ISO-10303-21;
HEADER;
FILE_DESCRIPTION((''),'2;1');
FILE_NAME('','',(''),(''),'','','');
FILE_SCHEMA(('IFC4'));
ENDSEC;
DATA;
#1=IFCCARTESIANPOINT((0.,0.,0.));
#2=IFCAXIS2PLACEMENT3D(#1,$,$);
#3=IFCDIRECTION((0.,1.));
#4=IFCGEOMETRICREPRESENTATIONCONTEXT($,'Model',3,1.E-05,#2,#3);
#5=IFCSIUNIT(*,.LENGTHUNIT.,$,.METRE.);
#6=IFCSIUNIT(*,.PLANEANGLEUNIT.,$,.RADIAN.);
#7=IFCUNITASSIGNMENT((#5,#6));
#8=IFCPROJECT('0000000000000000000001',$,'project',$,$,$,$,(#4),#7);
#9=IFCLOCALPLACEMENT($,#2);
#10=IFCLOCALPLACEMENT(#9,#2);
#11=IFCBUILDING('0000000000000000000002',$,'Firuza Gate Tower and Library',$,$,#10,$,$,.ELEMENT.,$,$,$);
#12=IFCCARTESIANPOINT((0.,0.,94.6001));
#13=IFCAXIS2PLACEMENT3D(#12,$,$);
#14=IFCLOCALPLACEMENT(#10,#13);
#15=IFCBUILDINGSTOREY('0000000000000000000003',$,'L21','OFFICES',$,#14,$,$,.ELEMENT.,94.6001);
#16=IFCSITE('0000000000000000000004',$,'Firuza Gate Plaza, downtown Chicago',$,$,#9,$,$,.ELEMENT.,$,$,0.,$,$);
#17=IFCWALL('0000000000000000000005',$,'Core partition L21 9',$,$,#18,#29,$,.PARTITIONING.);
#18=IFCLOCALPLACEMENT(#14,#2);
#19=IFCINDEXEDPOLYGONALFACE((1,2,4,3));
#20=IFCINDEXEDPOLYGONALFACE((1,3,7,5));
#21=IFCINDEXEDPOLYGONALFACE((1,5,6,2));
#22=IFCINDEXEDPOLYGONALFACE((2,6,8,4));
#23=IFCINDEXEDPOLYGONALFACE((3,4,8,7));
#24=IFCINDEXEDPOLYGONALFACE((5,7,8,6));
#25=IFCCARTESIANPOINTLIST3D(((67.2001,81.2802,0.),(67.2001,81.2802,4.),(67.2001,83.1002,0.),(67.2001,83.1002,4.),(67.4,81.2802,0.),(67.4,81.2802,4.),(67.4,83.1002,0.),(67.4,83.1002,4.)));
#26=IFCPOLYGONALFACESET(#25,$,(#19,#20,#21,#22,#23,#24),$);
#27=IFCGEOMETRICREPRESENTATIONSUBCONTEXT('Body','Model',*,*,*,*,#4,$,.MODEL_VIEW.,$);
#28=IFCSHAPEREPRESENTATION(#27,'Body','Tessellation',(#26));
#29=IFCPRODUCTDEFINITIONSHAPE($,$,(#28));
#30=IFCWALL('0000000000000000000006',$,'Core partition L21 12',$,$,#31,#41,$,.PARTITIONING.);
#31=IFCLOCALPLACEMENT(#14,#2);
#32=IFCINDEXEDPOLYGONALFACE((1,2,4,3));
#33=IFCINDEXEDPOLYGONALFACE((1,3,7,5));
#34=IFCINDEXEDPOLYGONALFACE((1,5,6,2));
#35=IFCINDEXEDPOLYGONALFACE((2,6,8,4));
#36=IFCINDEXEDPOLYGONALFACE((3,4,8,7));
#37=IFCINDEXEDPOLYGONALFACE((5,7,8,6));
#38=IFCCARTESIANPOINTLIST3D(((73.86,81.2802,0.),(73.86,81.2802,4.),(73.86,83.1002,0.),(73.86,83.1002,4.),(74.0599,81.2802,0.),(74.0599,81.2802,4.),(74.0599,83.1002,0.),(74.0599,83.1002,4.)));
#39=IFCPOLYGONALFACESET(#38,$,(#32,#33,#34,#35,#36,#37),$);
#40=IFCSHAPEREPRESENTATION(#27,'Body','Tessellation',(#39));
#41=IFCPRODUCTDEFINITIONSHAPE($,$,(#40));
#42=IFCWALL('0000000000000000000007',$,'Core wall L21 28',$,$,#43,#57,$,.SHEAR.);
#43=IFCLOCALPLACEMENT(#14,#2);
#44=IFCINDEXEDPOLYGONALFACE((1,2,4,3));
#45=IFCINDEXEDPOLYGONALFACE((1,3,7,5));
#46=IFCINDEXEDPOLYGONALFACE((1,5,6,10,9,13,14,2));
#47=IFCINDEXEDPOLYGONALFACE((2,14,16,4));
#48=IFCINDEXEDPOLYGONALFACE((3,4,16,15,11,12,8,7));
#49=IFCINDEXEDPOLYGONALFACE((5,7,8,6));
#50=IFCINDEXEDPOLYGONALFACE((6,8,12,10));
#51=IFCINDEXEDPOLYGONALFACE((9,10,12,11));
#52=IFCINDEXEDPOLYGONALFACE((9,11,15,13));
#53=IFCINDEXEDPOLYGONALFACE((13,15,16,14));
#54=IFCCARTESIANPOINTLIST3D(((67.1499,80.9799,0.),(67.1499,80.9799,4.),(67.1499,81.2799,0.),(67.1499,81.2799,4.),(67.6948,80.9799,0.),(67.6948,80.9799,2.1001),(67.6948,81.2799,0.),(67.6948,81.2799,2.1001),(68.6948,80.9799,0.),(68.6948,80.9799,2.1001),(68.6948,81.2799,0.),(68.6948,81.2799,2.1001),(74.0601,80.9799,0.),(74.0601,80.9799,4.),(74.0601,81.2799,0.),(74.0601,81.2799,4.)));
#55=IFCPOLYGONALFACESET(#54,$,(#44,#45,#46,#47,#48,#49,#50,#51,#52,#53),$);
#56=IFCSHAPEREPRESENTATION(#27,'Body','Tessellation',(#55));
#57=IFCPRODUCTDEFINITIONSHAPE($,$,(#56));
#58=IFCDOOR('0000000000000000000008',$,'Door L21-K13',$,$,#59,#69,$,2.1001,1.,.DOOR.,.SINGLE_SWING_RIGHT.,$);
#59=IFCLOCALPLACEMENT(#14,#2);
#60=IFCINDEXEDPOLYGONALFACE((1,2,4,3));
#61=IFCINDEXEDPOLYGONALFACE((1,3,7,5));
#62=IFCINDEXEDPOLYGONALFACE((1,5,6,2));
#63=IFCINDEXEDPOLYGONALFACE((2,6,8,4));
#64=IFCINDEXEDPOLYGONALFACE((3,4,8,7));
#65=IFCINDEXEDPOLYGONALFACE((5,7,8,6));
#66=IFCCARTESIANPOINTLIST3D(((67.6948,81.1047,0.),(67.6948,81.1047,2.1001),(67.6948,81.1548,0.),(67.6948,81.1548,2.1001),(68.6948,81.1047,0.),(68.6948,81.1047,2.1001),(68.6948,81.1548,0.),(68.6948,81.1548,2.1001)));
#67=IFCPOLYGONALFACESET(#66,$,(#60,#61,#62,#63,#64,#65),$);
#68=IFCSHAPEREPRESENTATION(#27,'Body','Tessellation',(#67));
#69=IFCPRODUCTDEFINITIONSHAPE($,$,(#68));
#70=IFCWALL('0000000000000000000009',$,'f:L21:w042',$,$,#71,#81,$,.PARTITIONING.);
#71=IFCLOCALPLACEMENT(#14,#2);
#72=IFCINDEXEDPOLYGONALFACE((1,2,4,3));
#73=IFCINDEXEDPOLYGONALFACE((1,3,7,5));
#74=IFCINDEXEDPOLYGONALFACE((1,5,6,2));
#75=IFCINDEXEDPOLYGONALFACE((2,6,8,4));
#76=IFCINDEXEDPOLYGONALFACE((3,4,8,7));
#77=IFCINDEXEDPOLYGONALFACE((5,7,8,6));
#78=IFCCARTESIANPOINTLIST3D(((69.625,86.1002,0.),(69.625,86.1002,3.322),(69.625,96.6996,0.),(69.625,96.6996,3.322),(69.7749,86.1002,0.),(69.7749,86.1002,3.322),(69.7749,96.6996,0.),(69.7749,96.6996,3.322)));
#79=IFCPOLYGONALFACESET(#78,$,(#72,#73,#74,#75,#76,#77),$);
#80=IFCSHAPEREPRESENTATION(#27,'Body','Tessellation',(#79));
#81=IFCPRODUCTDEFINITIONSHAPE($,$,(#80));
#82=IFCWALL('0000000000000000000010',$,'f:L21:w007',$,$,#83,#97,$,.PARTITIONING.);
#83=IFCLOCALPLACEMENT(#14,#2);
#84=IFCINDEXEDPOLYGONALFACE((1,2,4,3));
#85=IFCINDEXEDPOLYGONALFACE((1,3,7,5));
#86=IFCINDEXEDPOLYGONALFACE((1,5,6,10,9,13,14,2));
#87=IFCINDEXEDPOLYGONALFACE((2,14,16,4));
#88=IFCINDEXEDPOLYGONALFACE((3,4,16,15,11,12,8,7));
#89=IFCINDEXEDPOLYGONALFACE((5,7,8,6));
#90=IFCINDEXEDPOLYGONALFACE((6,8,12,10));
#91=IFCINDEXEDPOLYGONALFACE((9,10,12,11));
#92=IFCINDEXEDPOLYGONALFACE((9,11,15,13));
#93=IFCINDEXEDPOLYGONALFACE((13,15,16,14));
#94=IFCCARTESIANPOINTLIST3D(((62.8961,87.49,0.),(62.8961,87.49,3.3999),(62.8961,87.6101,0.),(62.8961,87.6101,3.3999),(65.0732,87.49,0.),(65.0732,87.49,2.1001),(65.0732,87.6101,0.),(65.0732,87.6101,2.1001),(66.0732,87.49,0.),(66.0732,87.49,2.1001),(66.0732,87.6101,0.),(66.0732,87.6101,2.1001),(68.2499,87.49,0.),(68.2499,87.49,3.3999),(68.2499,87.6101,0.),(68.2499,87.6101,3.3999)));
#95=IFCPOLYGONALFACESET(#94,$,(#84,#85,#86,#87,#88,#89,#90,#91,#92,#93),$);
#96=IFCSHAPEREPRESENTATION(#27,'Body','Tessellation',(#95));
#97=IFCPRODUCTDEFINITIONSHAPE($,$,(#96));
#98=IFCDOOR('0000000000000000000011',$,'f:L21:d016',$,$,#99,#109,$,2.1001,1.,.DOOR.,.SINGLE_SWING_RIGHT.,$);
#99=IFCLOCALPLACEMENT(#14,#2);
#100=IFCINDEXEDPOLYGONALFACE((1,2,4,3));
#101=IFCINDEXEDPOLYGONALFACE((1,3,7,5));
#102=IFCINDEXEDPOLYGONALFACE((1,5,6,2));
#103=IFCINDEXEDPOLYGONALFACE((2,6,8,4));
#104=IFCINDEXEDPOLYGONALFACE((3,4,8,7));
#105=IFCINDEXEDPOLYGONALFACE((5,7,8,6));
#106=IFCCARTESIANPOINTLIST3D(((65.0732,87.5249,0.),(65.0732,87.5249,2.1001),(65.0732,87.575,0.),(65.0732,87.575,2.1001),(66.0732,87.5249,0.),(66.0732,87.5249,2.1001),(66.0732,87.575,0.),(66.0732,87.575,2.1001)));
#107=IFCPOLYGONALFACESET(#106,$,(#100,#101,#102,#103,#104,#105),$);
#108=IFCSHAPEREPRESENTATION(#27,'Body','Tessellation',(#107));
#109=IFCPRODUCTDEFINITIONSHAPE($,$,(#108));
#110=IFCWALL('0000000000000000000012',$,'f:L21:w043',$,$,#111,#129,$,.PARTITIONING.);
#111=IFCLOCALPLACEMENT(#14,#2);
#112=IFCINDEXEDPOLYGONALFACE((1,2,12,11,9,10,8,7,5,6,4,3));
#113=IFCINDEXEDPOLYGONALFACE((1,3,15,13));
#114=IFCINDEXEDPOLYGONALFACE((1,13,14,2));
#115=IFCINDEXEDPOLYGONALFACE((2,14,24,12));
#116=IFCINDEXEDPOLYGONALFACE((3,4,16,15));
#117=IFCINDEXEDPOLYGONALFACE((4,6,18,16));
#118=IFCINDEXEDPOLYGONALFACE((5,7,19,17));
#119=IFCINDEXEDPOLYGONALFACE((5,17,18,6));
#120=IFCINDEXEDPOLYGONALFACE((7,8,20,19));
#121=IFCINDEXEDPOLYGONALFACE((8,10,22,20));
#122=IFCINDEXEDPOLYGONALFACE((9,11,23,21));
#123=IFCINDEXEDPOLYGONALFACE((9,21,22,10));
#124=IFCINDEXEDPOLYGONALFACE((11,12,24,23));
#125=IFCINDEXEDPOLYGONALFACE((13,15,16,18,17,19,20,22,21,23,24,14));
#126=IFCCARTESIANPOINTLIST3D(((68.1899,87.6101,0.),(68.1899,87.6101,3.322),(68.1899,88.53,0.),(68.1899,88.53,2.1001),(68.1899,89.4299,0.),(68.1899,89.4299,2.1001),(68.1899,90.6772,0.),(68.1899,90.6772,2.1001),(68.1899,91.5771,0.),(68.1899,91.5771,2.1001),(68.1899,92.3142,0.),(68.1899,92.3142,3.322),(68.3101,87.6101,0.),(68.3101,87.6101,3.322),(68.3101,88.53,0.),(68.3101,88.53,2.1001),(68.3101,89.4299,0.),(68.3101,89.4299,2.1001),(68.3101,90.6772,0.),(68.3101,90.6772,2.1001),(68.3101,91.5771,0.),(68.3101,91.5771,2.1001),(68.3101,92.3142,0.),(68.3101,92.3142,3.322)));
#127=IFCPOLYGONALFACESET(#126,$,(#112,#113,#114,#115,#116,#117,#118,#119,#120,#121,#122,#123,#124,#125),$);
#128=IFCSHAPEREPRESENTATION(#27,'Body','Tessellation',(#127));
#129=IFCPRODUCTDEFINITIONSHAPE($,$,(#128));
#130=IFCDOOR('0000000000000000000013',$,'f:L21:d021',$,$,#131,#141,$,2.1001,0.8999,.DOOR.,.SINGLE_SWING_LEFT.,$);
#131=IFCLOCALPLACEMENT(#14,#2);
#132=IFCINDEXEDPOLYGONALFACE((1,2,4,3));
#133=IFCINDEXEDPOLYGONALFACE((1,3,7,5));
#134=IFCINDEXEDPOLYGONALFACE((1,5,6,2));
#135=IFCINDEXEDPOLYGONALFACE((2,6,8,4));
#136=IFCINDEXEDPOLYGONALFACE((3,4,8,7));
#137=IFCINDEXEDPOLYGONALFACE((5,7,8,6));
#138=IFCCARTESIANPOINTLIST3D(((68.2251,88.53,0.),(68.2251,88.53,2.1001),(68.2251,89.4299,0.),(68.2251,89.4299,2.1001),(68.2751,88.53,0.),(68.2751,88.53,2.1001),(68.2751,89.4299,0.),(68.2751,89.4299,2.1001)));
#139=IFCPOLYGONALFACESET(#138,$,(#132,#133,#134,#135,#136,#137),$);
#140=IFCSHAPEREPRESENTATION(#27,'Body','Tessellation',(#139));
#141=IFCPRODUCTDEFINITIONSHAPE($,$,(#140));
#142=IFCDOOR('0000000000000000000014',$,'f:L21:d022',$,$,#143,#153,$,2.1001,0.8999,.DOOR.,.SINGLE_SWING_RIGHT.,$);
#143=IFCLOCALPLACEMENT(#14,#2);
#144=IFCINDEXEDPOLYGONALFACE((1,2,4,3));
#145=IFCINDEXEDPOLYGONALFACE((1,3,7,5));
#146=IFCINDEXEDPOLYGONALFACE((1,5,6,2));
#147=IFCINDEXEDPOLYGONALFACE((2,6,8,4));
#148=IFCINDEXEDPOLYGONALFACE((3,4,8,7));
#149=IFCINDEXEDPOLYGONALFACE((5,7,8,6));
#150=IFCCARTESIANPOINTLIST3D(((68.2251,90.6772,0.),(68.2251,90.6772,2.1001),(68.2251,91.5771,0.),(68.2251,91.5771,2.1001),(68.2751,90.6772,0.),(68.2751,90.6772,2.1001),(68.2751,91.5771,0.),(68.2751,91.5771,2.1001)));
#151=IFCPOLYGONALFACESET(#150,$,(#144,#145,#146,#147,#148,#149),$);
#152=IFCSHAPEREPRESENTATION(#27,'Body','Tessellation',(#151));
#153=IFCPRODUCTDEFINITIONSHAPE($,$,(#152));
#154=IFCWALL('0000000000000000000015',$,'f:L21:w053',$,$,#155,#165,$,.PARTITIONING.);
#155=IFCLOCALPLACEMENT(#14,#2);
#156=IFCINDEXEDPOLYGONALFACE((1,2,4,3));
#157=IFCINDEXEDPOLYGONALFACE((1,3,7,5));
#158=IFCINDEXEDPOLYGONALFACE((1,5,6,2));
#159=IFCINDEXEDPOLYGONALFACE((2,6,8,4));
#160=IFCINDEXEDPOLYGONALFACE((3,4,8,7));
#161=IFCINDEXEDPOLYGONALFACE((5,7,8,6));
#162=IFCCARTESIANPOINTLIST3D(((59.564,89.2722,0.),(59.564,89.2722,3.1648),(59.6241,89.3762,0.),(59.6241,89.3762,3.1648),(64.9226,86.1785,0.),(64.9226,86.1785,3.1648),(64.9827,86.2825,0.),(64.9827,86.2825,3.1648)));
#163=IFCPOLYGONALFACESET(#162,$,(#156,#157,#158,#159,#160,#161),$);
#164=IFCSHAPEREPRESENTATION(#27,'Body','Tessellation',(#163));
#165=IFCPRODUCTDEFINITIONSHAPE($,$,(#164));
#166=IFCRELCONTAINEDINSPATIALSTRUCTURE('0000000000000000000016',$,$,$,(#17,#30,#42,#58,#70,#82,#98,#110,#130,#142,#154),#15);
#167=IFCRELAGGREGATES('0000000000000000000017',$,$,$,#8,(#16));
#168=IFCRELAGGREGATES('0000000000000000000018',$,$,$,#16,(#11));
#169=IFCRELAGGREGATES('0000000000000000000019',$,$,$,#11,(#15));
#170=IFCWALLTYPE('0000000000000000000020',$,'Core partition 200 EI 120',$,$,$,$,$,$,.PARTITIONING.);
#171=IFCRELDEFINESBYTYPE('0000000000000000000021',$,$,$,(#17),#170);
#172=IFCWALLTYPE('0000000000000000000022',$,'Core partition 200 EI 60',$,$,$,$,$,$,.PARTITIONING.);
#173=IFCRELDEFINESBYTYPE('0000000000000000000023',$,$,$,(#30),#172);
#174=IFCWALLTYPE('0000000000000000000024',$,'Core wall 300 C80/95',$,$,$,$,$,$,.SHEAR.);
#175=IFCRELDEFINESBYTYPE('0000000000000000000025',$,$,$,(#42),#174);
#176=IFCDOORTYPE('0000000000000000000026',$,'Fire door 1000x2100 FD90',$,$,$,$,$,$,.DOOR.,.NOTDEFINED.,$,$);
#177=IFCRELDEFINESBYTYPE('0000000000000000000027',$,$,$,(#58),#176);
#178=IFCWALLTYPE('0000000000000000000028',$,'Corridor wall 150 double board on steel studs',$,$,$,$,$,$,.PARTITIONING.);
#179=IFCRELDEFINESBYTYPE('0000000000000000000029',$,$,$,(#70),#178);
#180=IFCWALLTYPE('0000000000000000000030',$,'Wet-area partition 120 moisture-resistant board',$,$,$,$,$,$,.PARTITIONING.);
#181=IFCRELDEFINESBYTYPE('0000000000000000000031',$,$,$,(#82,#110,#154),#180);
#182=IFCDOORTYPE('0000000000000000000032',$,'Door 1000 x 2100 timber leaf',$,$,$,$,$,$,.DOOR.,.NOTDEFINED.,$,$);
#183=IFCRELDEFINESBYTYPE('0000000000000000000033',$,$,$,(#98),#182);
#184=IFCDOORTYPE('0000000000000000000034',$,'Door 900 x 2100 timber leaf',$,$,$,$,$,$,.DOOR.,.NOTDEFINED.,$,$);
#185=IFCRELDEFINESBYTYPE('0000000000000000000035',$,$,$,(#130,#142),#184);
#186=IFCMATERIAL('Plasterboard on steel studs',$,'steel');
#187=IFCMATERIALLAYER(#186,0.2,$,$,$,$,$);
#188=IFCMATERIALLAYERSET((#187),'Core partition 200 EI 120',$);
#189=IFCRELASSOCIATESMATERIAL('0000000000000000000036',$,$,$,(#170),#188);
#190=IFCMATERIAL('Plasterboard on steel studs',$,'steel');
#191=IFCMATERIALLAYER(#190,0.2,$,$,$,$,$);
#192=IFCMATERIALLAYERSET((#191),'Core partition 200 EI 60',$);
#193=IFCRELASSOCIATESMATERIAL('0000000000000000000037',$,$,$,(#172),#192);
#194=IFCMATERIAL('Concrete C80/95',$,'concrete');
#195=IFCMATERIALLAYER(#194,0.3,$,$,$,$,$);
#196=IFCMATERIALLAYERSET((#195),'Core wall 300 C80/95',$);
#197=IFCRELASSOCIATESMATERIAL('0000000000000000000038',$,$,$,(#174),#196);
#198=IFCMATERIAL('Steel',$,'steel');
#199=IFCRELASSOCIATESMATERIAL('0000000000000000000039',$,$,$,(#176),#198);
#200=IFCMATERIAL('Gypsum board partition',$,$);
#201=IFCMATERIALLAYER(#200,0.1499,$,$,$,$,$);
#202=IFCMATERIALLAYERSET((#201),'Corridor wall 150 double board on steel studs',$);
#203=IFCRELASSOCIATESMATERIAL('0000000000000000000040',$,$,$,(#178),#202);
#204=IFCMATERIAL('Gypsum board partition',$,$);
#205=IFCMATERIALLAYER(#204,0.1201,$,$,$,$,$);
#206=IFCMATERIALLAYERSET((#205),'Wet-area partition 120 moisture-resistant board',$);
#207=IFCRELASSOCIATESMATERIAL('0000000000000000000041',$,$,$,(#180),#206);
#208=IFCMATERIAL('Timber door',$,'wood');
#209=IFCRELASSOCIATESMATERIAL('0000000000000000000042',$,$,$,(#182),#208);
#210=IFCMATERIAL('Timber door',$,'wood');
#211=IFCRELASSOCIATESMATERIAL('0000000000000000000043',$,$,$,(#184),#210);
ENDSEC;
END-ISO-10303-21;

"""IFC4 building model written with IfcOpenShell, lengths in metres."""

from ifc_helpers import new_model, si_unit, direction, frame, frame_2d, origin, place, context, subcontext, project, spatial, rectangle, extrude, material, layer, layer_set, type_object, element, fill, save


model = new_model("IFC4")

# Units and contexts
model_context = context("Model", 3, precision=1e-05, world=origin(), true_north=direction((0.0, 1.0)))
body_context = subcontext(model_context, "Body", "Model", "MODEL_VIEW")
ifc_project = project(units=[si_unit("LENGTHUNIT", "METRE"), si_unit("PLANEANGLEUNIT", "RADIAN")], contexts=[model_context])

# Site, building, storey
site_placement = place(None, origin())
site = spatial("IfcSite", under=ifc_project, at=site_placement, Name="Firuza Gate Plaza, downtown Chicago", CompositionType="ELEMENT", RefElevation=0.0)
building_placement = place(site_placement, origin())
building = spatial("IfcBuilding", under=site, at=building_placement, Name="Firuza Gate Tower and Library", CompositionType="ELEMENT")
storey_placement = place(building_placement, frame((0.0, 0.0, 94.6001)))
storey = spatial("IfcBuildingStorey", under=building, at=storey_placement, Name="L21", Description="OFFICES", CompositionType="ELEMENT", Elevation=94.6001)

# Walls
ifc_material_1 = material(Name="Plasterboard on steel studs", Category="steel")
ifc_layer_1 = layer(ifc_material_1, 0.2)
ifc_layer_set_1 = layer_set([ifc_layer_1], Name="Core partition 200 EI 120")
wall_type_1 = type_object("IfcWallType", Name="Core partition 200 EI 120", PredefinedType="PARTITIONING", material=ifc_layer_set_1)
wall_1_placement = place(storey_placement, frame((67.3, 81.28, 0.0), z_axis=(0.0, 0.0, 1.0), x_axis=(0.0, 1.0, 0.0)))
element("IfcWall", 1, at=wall_1_placement, inside=storey, type_object=wall_type_1, Name="Core partition L21 9", PredefinedType="PARTITIONING", context=body_context, shape_type="SweptSolid", body=[
    extrude(rectangle(XDim=1.8201, YDim=0.2, at=frame_2d((0.9102, 0.0))), origin(), (0.0, 0.0, 1.0), 4.0),
])
ifc_material_2 = material(Name="Plasterboard on steel studs", Category="steel")
ifc_layer_2 = layer(ifc_material_2, 0.2)
ifc_layer_set_2 = layer_set([ifc_layer_2], Name="Core partition 200 EI 60")
wall_type_2 = type_object("IfcWallType", Name="Core partition 200 EI 60", PredefinedType="PARTITIONING", material=ifc_layer_set_2)
wall_2_placement = place(storey_placement, frame((73.96, 81.28, 0.0), z_axis=(0.0, 0.0, 1.0), x_axis=(0.0, 1.0, 0.0)))
element("IfcWall", 2, at=wall_2_placement, inside=storey, type_object=wall_type_2, Name="Core partition L21 12", PredefinedType="PARTITIONING", context=body_context, shape_type="SweptSolid", body=[
    extrude(rectangle(XDim=1.8201, YDim=0.2, at=frame_2d((0.9102, 0.0))), origin(), (0.0, 0.0, 1.0), 4.0),
])

# Wall, opening, door
ifc_material_3 = material(Name="Concrete C80/95", Category="concrete")
ifc_layer_3 = layer(ifc_material_3, 0.3)
ifc_layer_set_3 = layer_set([ifc_layer_3], Name="Core wall 300 C80/95")
wall_type_3 = type_object("IfcWallType", Name="Core wall 300 C80/95", PredefinedType="SHEAR", material=ifc_layer_set_3)
wall_3_placement = place(storey_placement, frame((67.1499, 81.1299, 0.0), z_axis=(0.0, 0.0, 1.0), x_axis=(1.0, 0.0, 0.0)))
wall_3 = element("IfcWall", 3, at=wall_3_placement, inside=storey, type_object=wall_type_3, Name="Core wall L21 28", PredefinedType="SHEAR", context=body_context, shape_type="SweptSolid", body=[
    extrude(rectangle(XDim=6.9102, YDim=0.3, at=frame_2d((3.4551, 0.0))), origin(), (0.0, 0.0, 1.0), 4.0),
])
opening_1_placement = place(wall_3_placement, frame((0.5449, 0.0, 0.0)))
opening_1 = element("IfcOpeningElement", 4, at=opening_1_placement, cuts=wall_3, PredefinedType="OPENING", context=body_context, shape_type="SweptSolid", body=[
    extrude(rectangle(XDim=1.0, YDim=2.1001, at=frame_2d((0.5, 1.05))), frame((0.0, 0.1602, 0.0), z_axis=(0.0, -1.0, 0.0), x_axis=(1.0, 0.0, 0.0)), (0.0, 0.0, 1.0), 0.3201),
])
ifc_material_4 = material(Name="Steel", Category="steel")
door_type_1 = type_object("IfcDoorType", Name="Fire door 1000x2100 FD90", OperationType="NOTDEFINED", PredefinedType="DOOR", material=ifc_material_4)
door_1_placement = place(opening_1_placement, origin())
door_1 = element("IfcDoor", 5, at=door_1_placement, inside=storey, type_object=door_type_1, Name="Door L21-K13", OperationType="SINGLE_SWING_RIGHT", OverallHeight=2.1001, OverallWidth=1.0, PredefinedType="DOOR", context=body_context, shape_type="SweptSolid", body=[
    extrude(rectangle(XDim=1.0, YDim=2.1001, at=frame_2d((0.5, 1.05))), frame((0.0, 0.0249, 0.0), z_axis=(0.0, -1.0, 0.0), x_axis=(1.0, 0.0, 0.0)), (0.0, 0.0, 1.0), 0.05),
])
fill(opening_1, door_1)

# Wall
ifc_material_5 = material(Name="Gypsum board partition")
ifc_layer_4 = layer(ifc_material_5, 0.1499)
ifc_layer_set_4 = layer_set([ifc_layer_4], Name="Corridor wall 150 double board on steel studs")
wall_type_4 = type_object("IfcWallType", Name="Corridor wall 150 double board on steel studs", PredefinedType="PARTITIONING", material=ifc_layer_set_4)
wall_4_placement = place(storey_placement, frame((69.7, 86.1001, 0.0), z_axis=(0.0, 0.0, 1.0), x_axis=(0.0, 1.0, 0.0)))
element("IfcWall", 6, at=wall_4_placement, inside=storey, type_object=wall_type_4, Name="f:L21:w042", PredefinedType="PARTITIONING", context=body_context, shape_type="SweptSolid", body=[
    extrude(rectangle(XDim=10.5994, YDim=0.1499, at=frame_2d((5.2998, 0.0))), origin(), (0.0, 0.0, 1.0), 3.322),
])

# Wall, opening, door
ifc_material_6 = material(Name="Gypsum board partition")
ifc_layer_5 = layer(ifc_material_6, 0.1201)
ifc_layer_set_5 = layer_set([ifc_layer_5], Name="Wet-area partition 120 moisture-resistant board")
wall_type_5 = type_object("IfcWallType", Name="Wet-area partition 120 moisture-resistant board", PredefinedType="PARTITIONING", material=ifc_layer_set_5)
wall_5_placement = place(storey_placement, frame((62.8962, 87.55, 0.0), z_axis=(0.0, 0.0, 1.0), x_axis=(1.0, 0.0, 0.0)))
wall_5 = element("IfcWall", 7, at=wall_5_placement, inside=storey, type_object=wall_type_5, Name="f:L21:w007", PredefinedType="PARTITIONING", context=body_context, shape_type="SweptSolid", body=[
    extrude(rectangle(XDim=5.3538, YDim=0.1201, at=frame_2d((2.6768, 0.0))), origin(), (0.0, 0.0, 1.0), 3.3999),
])
opening_2_placement = place(wall_5_placement, frame((2.177, 0.0, 0.0)))
opening_2 = element("IfcOpeningElement", 8, at=opening_2_placement, cuts=wall_5, PredefinedType="OPENING", context=body_context, shape_type="SweptSolid", body=[
    extrude(rectangle(XDim=1.0, YDim=2.1001, at=frame_2d((0.5, 1.05))), frame((0.0, 0.0701, 0.0), z_axis=(0.0, -1.0, 0.0), x_axis=(1.0, 0.0, 0.0)), (0.0, 0.0, 1.0), 0.1401),
])
ifc_material_7 = material(Name="Timber door", Category="wood")
door_type_2 = type_object("IfcDoorType", Name="Door 1000 x 2100 timber leaf", OperationType="NOTDEFINED", PredefinedType="DOOR", material=ifc_material_7)
door_2_placement = place(opening_2_placement, origin())
door_2 = element("IfcDoor", 9, at=door_2_placement, inside=storey, type_object=door_type_2, Name="f:L21:d016", OperationType="SINGLE_SWING_RIGHT", OverallHeight=2.1001, OverallWidth=1.0, PredefinedType="DOOR", context=body_context, shape_type="SweptSolid", body=[
    extrude(rectangle(XDim=1.0, YDim=2.1001, at=frame_2d((0.5, 1.05))), frame((0.0, 0.0249, 0.0), z_axis=(0.0, -1.0, 0.0), x_axis=(1.0, 0.0, 0.0)), (0.0, 0.0, 1.0), 0.05),
])
fill(opening_2, door_2)

# Wall, openings, doors
wall_6_placement = place(storey_placement, frame((68.25, 87.6101, 0.0), z_axis=(0.0, 0.0, 1.0), x_axis=(0.0, 1.0, 0.0)))
wall_6 = element("IfcWall", 10, at=wall_6_placement, inside=storey, type_object=wall_type_5, Name="f:L21:w043", PredefinedType="PARTITIONING", context=body_context, shape_type="SweptSolid", body=[
    extrude(rectangle(XDim=4.7041, YDim=0.1201, at=frame_2d((2.3521, 0.0))), origin(), (0.0, 0.0, 1.0), 3.322),
])
opening_3_placement = place(wall_6_placement, frame((0.9199, 0.0, 0.0)))
opening_3 = element("IfcOpeningElement", 11, at=opening_3_placement, cuts=wall_6, PredefinedType="OPENING", context=body_context, shape_type="SweptSolid", body=[
    extrude(rectangle(XDim=0.8999, YDim=2.1001, at=frame_2d((0.45, 1.05))), frame((0.0, 0.0701, 0.0), z_axis=(0.0, -1.0, 0.0), x_axis=(1.0, 0.0, 0.0)), (0.0, 0.0, 1.0), 0.1401),
])
opening_4_placement = place(wall_6_placement, frame((3.0671, 0.0, 0.0)))
opening_4 = element("IfcOpeningElement", 12, at=opening_4_placement, cuts=wall_6, PredefinedType="OPENING", context=body_context, shape_type="SweptSolid", body=[
    extrude(rectangle(XDim=0.8999, YDim=2.1001, at=frame_2d((0.45, 1.05))), frame((0.0, 0.0701, 0.0), z_axis=(0.0, -1.0, 0.0), x_axis=(1.0, 0.0, 0.0)), (0.0, 0.0, 1.0), 0.1401),
])
ifc_material_8 = material(Name="Timber door", Category="wood")
door_type_3 = type_object("IfcDoorType", Name="Door 900 x 2100 timber leaf", OperationType="NOTDEFINED", PredefinedType="DOOR", material=ifc_material_8)
door_3_placement = place(opening_3_placement, origin())
door_3 = element("IfcDoor", 13, at=door_3_placement, inside=storey, type_object=door_type_3, Name="f:L21:d021", OperationType="SINGLE_SWING_LEFT", OverallHeight=2.1001, OverallWidth=0.8999, PredefinedType="DOOR", context=body_context, shape_type="SweptSolid", body=[
    extrude(rectangle(XDim=0.8999, YDim=2.1001, at=frame_2d((0.45, 1.05))), frame((0.0, 0.0249, 0.0), z_axis=(0.0, -1.0, 0.0), x_axis=(1.0, 0.0, 0.0)), (0.0, 0.0, 1.0), 0.05),
])
fill(opening_3, door_3)
door_4_placement = place(opening_4_placement, origin())
door_4 = element("IfcDoor", 14, at=door_4_placement, inside=storey, type_object=door_type_3, Name="f:L21:d022", OperationType="SINGLE_SWING_RIGHT", OverallHeight=2.1001, OverallWidth=0.8999, PredefinedType="DOOR", context=body_context, shape_type="SweptSolid", body=[
    extrude(rectangle(XDim=0.8999, YDim=2.1001, at=frame_2d((0.45, 1.05))), frame((0.0, 0.0249, 0.0), z_axis=(0.0, -1.0, 0.0), x_axis=(1.0, 0.0, 0.0)), (0.0, 0.0, 1.0), 0.05),
])
fill(opening_4, door_4)

# Wall
wall_7_placement = place(storey_placement, frame((64.9526, 86.2305, 0.0), z_axis=(0.0, 0.0, 1.0), x_axis=(-0.86603, 0.499992, 0.0)))
element("IfcWall", 15, at=wall_7_placement, inside=storey, type_object=wall_type_5, Name="f:L21:w053", PredefinedType="PARTITIONING", context=body_context, shape_type="SweptSolid", body=[
    extrude(rectangle(XDim=6.1875, YDim=0.1201, at=frame_2d((3.0938, 0.0))), origin(), (0.0, 0.0, 1.0), 3.1648),
])

save(model, "model.ifc")
